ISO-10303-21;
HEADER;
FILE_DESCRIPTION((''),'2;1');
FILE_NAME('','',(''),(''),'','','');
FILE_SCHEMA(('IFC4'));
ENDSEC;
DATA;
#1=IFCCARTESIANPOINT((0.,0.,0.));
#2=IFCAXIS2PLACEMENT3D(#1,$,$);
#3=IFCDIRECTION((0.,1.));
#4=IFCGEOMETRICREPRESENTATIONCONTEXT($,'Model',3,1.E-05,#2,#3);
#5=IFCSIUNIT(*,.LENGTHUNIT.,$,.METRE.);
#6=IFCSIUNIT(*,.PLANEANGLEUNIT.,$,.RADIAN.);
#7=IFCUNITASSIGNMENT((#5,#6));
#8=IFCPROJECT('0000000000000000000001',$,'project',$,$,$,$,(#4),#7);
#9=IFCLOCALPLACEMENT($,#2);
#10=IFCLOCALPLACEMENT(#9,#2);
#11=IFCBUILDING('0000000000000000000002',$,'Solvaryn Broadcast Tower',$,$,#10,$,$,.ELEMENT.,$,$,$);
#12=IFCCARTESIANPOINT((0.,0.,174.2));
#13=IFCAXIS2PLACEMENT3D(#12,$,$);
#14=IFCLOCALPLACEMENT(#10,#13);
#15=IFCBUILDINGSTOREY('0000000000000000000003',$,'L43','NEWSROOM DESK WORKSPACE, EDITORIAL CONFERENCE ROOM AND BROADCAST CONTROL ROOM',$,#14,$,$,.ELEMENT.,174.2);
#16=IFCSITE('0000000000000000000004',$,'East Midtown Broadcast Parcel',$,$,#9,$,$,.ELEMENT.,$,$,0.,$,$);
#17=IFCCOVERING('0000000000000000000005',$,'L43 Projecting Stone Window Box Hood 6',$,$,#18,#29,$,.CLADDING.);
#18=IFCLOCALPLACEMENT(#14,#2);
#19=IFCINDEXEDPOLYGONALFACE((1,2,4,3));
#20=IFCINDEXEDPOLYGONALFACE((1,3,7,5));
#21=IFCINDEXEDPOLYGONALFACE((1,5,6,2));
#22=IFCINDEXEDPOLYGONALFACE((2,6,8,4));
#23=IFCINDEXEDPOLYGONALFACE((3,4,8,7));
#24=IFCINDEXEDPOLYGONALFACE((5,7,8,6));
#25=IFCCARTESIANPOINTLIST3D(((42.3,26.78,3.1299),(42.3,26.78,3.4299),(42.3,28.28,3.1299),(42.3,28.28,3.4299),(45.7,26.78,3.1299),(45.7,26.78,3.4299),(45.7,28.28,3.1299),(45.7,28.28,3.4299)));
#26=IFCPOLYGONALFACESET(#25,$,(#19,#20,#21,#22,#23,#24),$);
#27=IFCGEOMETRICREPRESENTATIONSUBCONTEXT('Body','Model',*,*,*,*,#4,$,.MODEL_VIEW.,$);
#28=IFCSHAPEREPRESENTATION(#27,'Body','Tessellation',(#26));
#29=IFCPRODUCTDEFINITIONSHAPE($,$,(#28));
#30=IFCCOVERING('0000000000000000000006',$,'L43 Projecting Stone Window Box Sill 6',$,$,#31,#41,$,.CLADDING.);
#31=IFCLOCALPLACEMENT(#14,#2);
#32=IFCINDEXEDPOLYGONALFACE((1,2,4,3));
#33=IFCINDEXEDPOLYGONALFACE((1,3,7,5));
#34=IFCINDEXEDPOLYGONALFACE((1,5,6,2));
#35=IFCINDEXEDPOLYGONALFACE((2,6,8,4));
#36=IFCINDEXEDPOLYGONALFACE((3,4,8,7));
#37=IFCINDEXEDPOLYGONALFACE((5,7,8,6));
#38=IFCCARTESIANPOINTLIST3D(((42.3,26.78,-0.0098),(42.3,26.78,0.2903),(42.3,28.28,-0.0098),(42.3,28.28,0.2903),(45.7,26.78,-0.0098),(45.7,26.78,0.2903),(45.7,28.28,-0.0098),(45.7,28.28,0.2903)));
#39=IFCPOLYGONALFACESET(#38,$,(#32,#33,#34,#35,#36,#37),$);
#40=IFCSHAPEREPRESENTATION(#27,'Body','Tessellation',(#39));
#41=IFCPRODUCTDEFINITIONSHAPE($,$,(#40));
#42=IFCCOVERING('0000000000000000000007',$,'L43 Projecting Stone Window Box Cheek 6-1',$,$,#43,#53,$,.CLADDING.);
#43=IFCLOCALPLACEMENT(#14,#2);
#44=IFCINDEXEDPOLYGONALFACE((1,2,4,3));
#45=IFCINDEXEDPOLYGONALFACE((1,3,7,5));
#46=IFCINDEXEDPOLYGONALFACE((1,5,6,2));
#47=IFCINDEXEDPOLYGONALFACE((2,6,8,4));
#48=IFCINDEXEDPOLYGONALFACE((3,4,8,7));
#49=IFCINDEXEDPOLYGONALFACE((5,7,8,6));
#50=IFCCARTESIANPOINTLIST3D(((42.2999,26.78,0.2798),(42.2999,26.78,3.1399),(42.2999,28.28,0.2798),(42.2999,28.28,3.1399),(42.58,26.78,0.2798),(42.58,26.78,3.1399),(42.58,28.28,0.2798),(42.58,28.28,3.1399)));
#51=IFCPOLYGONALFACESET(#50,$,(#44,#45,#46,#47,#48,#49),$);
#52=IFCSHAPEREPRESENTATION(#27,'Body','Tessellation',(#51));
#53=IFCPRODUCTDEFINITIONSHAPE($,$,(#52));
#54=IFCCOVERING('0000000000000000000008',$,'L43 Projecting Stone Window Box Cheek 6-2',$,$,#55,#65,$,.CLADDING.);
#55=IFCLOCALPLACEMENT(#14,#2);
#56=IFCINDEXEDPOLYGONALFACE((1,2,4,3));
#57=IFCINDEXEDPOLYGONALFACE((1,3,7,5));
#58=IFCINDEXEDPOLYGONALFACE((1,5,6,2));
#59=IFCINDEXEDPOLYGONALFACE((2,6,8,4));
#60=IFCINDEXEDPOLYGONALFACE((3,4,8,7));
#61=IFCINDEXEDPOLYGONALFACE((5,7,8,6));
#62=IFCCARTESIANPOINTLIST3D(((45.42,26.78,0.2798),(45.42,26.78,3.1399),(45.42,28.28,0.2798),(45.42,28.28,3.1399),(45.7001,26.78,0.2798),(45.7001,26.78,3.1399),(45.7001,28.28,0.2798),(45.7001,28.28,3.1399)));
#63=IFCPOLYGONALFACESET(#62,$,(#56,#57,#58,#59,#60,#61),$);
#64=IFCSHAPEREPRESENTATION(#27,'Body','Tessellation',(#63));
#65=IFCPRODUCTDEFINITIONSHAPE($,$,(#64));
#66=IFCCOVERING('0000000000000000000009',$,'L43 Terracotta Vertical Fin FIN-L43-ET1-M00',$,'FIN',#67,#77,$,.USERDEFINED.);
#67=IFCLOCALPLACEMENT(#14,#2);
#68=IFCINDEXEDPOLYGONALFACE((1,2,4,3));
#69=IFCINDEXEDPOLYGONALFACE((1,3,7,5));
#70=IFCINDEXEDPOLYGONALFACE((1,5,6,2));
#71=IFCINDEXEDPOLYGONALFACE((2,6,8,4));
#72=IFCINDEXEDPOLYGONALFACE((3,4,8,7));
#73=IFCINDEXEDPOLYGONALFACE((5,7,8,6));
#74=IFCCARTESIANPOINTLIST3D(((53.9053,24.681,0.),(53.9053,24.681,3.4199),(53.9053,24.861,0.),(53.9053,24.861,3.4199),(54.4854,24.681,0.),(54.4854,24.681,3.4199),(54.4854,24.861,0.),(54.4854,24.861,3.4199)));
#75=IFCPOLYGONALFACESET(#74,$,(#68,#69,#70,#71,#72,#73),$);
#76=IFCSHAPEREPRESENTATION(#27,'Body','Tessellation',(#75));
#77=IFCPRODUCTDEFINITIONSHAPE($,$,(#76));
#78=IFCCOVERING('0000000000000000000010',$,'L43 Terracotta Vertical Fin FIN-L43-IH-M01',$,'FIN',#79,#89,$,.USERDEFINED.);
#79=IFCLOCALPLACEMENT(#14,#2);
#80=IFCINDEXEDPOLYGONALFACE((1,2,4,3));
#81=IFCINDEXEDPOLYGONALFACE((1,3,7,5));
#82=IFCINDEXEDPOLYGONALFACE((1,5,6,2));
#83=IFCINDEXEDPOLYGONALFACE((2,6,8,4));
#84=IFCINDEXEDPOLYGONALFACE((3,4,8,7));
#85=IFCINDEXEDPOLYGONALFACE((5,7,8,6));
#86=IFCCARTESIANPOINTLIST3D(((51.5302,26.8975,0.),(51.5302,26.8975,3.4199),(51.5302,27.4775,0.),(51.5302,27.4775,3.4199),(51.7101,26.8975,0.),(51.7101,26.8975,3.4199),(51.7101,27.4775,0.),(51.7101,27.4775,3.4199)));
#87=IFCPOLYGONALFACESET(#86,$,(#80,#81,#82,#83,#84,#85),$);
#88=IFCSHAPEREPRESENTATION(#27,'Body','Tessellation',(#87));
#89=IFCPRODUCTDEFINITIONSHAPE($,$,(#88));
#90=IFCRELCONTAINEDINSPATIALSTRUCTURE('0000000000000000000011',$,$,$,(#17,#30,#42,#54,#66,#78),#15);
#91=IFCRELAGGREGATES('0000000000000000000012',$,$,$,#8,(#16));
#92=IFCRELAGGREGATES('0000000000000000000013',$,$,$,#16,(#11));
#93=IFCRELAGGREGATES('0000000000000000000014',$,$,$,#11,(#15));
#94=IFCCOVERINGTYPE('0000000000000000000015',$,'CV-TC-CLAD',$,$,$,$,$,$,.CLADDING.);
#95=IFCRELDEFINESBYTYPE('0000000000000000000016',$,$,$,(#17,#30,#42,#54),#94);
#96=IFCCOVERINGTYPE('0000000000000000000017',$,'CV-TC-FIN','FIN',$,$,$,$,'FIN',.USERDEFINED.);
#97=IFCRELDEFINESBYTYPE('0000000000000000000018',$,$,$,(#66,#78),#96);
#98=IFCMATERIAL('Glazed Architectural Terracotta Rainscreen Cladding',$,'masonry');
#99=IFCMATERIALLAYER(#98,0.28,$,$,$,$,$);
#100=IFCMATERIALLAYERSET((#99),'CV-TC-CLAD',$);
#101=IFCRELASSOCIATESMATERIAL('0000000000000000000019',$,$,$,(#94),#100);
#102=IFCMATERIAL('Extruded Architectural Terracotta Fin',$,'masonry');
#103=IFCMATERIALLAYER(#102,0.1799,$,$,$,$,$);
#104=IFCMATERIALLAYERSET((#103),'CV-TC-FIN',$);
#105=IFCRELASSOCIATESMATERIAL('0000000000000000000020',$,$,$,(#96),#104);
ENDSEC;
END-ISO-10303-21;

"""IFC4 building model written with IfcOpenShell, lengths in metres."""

from ifc_helpers import new_model, si_unit, direction, frame, origin, origin_2d, place, context, subcontext, project, spatial, rectangle, extrude, material, layer, layer_set, type_object, element, save


model = new_model("IFC4")

# Units and contexts
model_context = context("Model", 3, precision=1e-05, world=origin(), true_north=direction((0.0, 1.0)))
body_context = subcontext(model_context, "Body", "Model", "MODEL_VIEW")
ifc_project = project(units=[si_unit("LENGTHUNIT", "METRE"), si_unit("PLANEANGLEUNIT", "RADIAN")], contexts=[model_context])

# Site, building, storey
site_placement = place(None, origin())
site = spatial("IfcSite", under=ifc_project, at=site_placement, Name="East Midtown Broadcast Parcel", CompositionType="ELEMENT", RefElevation=0.0)
building_placement = place(site_placement, origin())
building = spatial("IfcBuilding", under=site, at=building_placement, Name="Solvaryn Broadcast Tower", CompositionType="ELEMENT")
storey_placement = place(building_placement, frame((0.0, 0.0, 174.2)))
storey = spatial("IfcBuildingStorey", under=building, at=storey_placement, Name="L43", Description="NEWSROOM DESK WORKSPACE, EDITORIAL CONFERENCE ROOM AND BROADCAST CONTROL ROOM", CompositionType="ELEMENT", Elevation=174.2)

# Coverings
ifc_material_1 = material(Name="Glazed Architectural Terracotta Rainscreen Cladding", Category="masonry")
ifc_layer_1 = layer(ifc_material_1, 0.28)
ifc_layer_set_1 = layer_set([ifc_layer_1], Name="CV-TC-CLAD")
covering_type_1 = type_object("IfcCoveringType", Name="CV-TC-CLAD", PredefinedType="CLADDING", material=ifc_layer_set_1)
for number, where, z_axis, x_axis, name in (
    (1, (44.0, 27.53, 3.1299), (0.0, 0.0, 1.0), (1.0, 0.0, 0.0), "L43 Projecting Stone Window Box Hood 6"),
    (2, (44.0, 27.53, -0.0098), (0.0, 0.0, 1.0), (1.0, 0.0, 0.0), "L43 Projecting Stone Window Box Sill 6"),
):
    element("IfcCovering", number, at=place(storey_placement, frame(where, z_axis=z_axis, x_axis=x_axis)), inside=storey, type_object=covering_type_1, Name=name, PredefinedType="CLADDING", context=body_context, shape_type="SweptSolid", body=[
        extrude(rectangle(XDim=3.3999, YDim=1.5, at=origin_2d()), origin(), (0.0, 0.0, 1.0), 0.3),
    ])
for number, where, z_axis, x_axis, name in (
    (3, (42.4399, 27.53, 0.2798), (0.0, 0.0, 1.0), (1.0, 0.0, 0.0), "L43 Projecting Stone Window Box Cheek 6-1"),
    (4, (45.5601, 27.53, 0.2798), (0.0, 0.0, 1.0), (1.0, 0.0, 0.0), "L43 Projecting Stone Window Box Cheek 6-2"),
):
    element("IfcCovering", number, at=place(storey_placement, frame(where, z_axis=z_axis, x_axis=x_axis)), inside=storey, type_object=covering_type_1, Name=name, PredefinedType="CLADDING", context=body_context, shape_type="SweptSolid", body=[
        extrude(rectangle(XDim=0.28, YDim=1.5, at=origin_2d()), origin(), (0.0, 0.0, 1.0), 2.8601),
    ])
ifc_material_2 = material(Name="Extruded Architectural Terracotta Fin", Category="masonry")
ifc_layer_2 = layer(ifc_material_2, 0.1799)
ifc_layer_set_2 = layer_set([ifc_layer_2], Name="CV-TC-FIN")
covering_type_2 = type_object("IfcCoveringType", Name="CV-TC-FIN", Description="FIN", ElementType="FIN", PredefinedType="USERDEFINED", material=ifc_layer_set_2)
covering_1_placement = place(storey_placement, frame((54.1953, 24.771, 0.0), z_axis=(0.0, 0.0, 1.0), x_axis=(1.0, 0.0, 0.0)))
element("IfcCovering", 5, at=covering_1_placement, inside=storey, type_object=covering_type_2, Name="L43 Terracotta Vertical Fin FIN-L43-ET1-M00", ObjectType="FIN", PredefinedType="USERDEFINED", context=body_context, shape_type="SweptSolid", body=[
    extrude(rectangle(XDim=0.5801, YDim=0.1799, at=origin_2d()), origin(), (0.0, 0.0, 1.0), 3.4199),
])
covering_2_placement = place(storey_placement, frame((51.6201, 27.1875, 0.0), z_axis=(0.0, 0.0, 1.0), x_axis=(1.0, 0.0, 0.0)))
element("IfcCovering", 6, at=covering_2_placement, inside=storey, type_object=covering_type_2, Name="L43 Terracotta Vertical Fin FIN-L43-IH-M01", ObjectType="FIN", PredefinedType="USERDEFINED", context=body_context, shape_type="SweptSolid", body=[
    extrude(rectangle(XDim=0.1799, YDim=0.5801, at=origin_2d()), origin(), (0.0, 0.0, 1.0), 3.4199),
])

save(model, "model.ifc")
